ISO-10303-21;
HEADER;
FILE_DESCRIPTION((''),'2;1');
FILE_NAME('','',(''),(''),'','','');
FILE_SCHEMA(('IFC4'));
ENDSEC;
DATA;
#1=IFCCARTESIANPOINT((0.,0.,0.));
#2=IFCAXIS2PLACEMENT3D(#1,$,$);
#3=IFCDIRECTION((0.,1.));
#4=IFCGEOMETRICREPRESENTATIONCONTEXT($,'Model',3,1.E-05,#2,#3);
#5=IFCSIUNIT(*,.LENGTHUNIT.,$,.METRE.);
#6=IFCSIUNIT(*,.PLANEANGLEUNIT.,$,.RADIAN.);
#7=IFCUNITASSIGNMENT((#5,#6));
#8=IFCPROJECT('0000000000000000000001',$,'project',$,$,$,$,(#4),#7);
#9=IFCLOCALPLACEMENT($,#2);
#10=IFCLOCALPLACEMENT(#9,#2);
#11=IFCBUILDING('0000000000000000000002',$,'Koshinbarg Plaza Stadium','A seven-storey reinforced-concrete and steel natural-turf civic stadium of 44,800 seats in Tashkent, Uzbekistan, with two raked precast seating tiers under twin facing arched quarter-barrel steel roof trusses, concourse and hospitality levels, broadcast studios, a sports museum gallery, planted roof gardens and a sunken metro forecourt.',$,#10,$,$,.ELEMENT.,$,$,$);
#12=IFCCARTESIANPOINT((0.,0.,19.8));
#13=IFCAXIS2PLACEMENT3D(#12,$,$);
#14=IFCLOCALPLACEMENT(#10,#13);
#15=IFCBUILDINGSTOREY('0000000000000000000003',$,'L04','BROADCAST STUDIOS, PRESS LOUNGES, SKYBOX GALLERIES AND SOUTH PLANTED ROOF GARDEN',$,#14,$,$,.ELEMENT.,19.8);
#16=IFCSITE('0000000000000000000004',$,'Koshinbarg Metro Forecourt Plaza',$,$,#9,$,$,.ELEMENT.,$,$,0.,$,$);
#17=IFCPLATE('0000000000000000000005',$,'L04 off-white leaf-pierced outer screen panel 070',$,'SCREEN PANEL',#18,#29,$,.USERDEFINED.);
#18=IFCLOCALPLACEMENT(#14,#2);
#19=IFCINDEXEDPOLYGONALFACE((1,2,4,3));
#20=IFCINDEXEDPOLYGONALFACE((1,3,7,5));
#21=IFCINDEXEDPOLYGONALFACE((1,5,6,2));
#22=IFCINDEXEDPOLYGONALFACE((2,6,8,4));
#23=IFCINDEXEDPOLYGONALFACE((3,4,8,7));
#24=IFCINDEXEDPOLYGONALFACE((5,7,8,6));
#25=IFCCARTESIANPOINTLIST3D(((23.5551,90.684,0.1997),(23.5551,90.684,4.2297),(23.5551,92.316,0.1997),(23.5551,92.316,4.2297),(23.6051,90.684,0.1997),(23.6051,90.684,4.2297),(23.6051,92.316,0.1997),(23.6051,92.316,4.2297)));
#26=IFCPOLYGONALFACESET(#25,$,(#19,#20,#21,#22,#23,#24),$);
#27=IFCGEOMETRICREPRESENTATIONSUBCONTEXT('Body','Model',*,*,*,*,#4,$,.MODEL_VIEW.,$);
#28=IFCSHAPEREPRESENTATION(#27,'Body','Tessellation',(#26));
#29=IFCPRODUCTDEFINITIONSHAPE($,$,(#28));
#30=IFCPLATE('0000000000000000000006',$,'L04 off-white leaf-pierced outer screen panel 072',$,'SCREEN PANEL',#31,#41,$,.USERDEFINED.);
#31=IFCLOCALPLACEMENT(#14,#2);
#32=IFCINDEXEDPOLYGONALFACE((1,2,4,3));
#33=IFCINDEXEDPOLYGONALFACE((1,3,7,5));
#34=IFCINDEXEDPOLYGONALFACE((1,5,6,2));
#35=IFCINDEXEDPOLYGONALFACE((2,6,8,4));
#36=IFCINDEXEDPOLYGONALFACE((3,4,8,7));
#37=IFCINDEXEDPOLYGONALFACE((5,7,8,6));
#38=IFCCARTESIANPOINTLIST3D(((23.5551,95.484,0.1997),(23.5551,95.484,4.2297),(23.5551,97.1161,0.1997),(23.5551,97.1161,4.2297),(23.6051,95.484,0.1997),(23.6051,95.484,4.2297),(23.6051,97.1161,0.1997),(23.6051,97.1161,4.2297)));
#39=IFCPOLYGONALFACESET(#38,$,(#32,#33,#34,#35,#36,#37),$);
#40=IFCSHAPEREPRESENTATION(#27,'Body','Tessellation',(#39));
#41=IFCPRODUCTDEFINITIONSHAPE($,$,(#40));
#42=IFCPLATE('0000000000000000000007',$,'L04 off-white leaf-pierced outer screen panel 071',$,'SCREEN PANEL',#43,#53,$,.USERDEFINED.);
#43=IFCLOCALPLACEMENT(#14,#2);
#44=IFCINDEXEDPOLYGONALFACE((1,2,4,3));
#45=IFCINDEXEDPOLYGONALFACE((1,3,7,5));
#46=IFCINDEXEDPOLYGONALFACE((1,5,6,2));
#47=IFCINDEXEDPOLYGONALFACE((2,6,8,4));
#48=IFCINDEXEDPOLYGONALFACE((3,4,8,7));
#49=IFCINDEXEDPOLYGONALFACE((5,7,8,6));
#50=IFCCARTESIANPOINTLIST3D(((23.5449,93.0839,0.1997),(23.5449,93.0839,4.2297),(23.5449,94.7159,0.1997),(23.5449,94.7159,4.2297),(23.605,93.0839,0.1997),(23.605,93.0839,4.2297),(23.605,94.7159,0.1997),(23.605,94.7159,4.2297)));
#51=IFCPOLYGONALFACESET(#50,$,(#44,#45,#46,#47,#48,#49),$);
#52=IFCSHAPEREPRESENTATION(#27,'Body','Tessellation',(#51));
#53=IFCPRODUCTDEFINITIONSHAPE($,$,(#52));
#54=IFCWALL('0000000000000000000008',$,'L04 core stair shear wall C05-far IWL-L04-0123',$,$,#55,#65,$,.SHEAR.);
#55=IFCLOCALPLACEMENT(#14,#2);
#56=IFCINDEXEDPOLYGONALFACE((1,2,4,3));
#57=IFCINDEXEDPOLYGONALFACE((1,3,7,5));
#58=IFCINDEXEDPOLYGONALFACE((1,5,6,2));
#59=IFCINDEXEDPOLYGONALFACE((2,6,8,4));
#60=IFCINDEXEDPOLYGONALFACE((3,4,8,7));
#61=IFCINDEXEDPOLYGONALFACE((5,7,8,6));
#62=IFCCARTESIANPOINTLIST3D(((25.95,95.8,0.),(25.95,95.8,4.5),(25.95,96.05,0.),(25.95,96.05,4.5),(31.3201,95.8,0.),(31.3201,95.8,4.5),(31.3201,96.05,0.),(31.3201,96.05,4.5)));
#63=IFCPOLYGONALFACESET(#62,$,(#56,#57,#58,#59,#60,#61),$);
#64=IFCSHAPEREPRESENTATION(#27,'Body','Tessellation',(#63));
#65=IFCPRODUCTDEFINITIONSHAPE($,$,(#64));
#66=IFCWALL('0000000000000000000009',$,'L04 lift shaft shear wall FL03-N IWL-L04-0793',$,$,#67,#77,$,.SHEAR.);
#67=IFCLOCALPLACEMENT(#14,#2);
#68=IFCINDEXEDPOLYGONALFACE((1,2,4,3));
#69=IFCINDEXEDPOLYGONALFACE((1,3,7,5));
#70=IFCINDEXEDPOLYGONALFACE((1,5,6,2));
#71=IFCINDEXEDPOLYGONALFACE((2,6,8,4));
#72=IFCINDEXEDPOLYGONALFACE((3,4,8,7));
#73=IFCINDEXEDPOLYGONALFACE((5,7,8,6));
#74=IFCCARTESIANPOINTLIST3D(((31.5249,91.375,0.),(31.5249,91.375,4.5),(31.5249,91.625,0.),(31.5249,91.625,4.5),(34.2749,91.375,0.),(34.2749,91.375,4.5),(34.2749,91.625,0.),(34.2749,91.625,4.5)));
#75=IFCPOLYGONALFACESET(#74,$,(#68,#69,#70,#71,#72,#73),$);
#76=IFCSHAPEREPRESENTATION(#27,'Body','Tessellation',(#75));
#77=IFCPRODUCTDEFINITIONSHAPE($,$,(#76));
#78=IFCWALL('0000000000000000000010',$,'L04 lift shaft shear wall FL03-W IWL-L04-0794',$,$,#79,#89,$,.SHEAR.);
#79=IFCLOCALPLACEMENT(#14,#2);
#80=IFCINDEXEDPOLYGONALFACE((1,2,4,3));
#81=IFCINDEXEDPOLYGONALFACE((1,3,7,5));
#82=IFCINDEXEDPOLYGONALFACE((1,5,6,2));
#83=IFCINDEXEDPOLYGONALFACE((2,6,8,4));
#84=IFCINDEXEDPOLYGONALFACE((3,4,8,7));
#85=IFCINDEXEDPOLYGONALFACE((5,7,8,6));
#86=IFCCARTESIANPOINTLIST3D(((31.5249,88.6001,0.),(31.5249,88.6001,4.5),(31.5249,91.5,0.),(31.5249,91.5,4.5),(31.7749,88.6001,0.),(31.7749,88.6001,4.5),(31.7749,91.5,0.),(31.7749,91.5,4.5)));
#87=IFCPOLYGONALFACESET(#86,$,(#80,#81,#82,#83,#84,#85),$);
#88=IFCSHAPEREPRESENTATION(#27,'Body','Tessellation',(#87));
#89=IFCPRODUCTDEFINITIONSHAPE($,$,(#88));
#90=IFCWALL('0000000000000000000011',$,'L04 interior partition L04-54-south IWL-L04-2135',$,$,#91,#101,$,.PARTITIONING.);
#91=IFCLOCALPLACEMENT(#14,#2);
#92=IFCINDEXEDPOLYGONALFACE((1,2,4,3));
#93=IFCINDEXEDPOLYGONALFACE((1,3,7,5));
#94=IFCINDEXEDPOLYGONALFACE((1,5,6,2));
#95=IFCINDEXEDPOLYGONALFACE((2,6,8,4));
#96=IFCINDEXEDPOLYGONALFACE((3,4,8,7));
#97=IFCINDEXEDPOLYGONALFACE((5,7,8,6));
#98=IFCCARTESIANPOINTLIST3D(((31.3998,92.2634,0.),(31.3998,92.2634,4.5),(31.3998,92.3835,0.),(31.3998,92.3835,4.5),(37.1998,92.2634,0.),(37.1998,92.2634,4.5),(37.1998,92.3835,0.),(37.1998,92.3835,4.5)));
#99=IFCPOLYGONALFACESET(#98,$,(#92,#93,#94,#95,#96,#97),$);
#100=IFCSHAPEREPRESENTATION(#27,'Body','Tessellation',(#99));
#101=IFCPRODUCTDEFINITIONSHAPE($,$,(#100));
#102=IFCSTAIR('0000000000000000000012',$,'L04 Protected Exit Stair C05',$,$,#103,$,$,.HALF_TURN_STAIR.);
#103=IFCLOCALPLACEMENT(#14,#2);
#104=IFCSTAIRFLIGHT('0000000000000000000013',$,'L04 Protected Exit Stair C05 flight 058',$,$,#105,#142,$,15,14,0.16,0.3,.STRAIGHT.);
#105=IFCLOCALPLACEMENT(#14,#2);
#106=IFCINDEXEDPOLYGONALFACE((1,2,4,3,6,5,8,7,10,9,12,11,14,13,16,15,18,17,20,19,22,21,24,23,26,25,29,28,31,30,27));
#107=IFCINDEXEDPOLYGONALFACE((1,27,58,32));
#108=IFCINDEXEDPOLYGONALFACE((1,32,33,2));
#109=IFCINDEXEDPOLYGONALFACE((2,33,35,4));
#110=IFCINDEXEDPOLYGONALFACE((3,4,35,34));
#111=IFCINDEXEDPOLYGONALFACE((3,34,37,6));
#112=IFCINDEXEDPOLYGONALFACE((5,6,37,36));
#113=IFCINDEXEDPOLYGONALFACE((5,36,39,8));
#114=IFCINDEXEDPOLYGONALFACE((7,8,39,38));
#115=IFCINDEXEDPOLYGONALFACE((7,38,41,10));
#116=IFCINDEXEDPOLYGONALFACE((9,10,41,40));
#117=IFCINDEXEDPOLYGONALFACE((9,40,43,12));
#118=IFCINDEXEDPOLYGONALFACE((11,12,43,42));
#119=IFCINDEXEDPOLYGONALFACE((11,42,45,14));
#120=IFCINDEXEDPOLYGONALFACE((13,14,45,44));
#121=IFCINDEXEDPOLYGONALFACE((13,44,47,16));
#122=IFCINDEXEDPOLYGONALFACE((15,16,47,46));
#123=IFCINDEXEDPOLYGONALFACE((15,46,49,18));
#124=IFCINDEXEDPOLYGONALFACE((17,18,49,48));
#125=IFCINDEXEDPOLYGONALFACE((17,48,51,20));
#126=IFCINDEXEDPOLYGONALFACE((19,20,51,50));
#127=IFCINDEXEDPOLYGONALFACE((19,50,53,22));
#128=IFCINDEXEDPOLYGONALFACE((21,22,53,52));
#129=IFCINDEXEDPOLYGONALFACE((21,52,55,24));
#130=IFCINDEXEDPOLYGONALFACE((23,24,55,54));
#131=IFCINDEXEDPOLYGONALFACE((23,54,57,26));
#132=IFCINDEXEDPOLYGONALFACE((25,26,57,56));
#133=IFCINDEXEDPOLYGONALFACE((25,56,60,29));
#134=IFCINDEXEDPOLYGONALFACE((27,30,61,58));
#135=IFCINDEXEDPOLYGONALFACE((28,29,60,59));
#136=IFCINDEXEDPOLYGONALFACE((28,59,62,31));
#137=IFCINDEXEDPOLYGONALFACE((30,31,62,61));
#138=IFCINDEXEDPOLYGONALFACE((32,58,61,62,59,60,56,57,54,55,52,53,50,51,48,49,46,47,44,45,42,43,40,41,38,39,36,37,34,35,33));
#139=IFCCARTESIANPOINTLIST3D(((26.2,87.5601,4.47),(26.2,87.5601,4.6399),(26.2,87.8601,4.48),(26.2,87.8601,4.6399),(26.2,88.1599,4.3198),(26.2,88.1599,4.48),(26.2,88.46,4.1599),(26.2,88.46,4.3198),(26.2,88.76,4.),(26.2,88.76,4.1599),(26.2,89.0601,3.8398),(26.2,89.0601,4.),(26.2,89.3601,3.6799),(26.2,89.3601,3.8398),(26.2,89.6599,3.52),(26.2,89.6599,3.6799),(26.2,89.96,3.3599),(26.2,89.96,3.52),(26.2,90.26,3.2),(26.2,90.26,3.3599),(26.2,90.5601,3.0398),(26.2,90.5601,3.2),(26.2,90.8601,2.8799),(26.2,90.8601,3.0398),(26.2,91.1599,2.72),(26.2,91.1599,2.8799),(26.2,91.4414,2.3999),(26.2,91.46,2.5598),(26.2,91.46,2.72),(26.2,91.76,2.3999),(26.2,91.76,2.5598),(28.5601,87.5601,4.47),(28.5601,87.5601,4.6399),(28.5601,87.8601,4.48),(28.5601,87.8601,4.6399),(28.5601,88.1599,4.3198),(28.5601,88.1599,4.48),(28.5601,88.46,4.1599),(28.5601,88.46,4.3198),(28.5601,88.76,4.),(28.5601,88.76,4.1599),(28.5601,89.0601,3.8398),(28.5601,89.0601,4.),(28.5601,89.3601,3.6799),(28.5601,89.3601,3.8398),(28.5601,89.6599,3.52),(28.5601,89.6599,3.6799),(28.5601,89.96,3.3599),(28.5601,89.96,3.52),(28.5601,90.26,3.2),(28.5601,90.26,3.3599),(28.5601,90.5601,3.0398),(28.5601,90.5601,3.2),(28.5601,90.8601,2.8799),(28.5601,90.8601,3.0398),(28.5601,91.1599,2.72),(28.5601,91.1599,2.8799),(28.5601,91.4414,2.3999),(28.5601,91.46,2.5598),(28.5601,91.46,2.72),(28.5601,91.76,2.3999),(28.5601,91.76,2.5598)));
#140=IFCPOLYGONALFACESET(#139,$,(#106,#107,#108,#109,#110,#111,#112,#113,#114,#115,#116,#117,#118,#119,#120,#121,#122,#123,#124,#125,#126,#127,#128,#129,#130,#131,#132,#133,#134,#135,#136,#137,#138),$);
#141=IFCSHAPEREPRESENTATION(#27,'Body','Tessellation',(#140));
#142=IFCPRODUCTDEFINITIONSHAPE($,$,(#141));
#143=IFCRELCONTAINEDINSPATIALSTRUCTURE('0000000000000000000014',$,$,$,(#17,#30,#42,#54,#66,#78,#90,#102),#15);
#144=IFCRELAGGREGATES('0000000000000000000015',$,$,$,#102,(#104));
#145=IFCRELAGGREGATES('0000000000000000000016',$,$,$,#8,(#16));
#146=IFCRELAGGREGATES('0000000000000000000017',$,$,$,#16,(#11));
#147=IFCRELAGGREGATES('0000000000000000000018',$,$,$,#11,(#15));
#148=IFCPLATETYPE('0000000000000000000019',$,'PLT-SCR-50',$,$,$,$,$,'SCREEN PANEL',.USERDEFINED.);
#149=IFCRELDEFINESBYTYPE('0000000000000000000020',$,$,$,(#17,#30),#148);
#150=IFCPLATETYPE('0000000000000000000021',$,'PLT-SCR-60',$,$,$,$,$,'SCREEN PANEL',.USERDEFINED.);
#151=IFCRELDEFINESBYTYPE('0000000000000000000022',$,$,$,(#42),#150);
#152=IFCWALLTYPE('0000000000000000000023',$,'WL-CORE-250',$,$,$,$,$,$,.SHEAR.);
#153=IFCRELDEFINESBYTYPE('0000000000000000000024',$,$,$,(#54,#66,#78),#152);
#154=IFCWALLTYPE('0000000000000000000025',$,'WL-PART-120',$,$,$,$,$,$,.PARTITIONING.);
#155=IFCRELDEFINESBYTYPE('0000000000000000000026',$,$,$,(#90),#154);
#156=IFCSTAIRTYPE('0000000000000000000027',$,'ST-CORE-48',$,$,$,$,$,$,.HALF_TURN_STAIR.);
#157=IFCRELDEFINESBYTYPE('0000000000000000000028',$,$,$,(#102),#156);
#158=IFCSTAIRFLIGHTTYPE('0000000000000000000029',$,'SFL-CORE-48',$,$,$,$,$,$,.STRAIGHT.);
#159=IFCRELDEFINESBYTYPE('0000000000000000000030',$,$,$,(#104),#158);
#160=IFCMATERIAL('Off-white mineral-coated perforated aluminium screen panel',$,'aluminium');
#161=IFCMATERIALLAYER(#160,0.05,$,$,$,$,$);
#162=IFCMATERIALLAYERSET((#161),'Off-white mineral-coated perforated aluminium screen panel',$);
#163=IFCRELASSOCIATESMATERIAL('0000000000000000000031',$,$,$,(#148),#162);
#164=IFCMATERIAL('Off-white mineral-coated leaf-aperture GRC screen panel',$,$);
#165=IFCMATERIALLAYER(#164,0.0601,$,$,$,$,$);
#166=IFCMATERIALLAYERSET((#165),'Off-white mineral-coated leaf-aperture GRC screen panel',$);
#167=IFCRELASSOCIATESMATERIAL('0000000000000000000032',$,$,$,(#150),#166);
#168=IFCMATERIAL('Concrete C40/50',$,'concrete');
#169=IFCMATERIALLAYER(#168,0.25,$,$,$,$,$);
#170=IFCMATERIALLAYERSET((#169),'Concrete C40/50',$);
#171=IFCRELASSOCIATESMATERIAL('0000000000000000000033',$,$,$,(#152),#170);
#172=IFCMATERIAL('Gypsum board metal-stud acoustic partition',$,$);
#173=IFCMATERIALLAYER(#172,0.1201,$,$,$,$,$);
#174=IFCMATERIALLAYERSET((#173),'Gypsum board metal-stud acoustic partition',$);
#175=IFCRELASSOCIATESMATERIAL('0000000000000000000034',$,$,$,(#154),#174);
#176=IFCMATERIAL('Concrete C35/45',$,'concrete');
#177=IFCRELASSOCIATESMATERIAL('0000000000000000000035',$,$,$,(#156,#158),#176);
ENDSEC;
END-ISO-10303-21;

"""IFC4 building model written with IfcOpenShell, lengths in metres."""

from ifc_helpers import new_model, si_unit, direction, frame, frame_2d, origin, origin_2d, place, context, subcontext, project, spatial, polyline, rectangle, outline, extrude, material, layer, layer_set, type_object, element, aggregate, save


model = new_model("IFC4")

# Units and contexts
model_context = context("Model", 3, precision=1e-05, world=origin(), true_north=direction((0.0, 1.0)))
body_context = subcontext(model_context, "Body", "Model", "MODEL_VIEW")
ifc_project = project(units=[si_unit("LENGTHUNIT", "METRE"), si_unit("PLANEANGLEUNIT", "RADIAN")], contexts=[model_context])

# Site, building, storey
site_placement = place(None, origin())
site = spatial("IfcSite", under=ifc_project, at=site_placement, Name="Koshinbarg Metro Forecourt Plaza", CompositionType="ELEMENT", RefElevation=0.0)
building_placement = place(site_placement, origin())
building = spatial("IfcBuilding", under=site, at=building_placement, Name="Koshinbarg Plaza Stadium", Description="A seven-storey reinforced-concrete and steel natural-turf civic stadium of 44,800 seats in Tashkent, Uzbekistan, with two raked precast seating tiers under twin facing arched quarter-barrel steel roof trusses, concourse and hospitality levels, broadcast studios, a sports museum gallery, planted roof gardens and a sunken metro forecourt.", CompositionType="ELEMENT")
storey_placement = place(building_placement, frame((0.0, 0.0, 19.8)))
storey = spatial("IfcBuildingStorey", under=building, at=storey_placement, Name="L04", Description="BROADCAST STUDIOS, PRESS LOUNGES, SKYBOX GALLERIES AND SOUTH PLANTED ROOF GARDEN", CompositionType="ELEMENT", Elevation=19.8)

# Plates
ifc_material_1 = material(Name="Off-white mineral-coated perforated aluminium screen panel", Category="aluminium")
ifc_layer_1 = layer(ifc_material_1, 0.05)
ifc_layer_set_1 = layer_set([ifc_layer_1], Name="Off-white mineral-coated perforated aluminium screen panel")
plate_type_1 = type_object("IfcPlateType", Name="PLT-SCR-50", ElementType="SCREEN PANEL", PredefinedType="USERDEFINED", material=ifc_layer_set_1)
for number, where, z_axis, x_axis, name in (
    (1, (23.5801, 91.5, 0.1997), (0.0, 0.0, 1.0), (1.0, 0.0, 0.0), "L04 off-white leaf-pierced outer screen panel 070"),
    (2, (23.5801, 96.3, 0.1997), (0.0, 0.0, 1.0), (1.0, 0.0, 0.0), "L04 off-white leaf-pierced outer screen panel 072"),
):
    element("IfcPlate", number, at=place(storey_placement, frame(where, z_axis=z_axis, x_axis=x_axis)), inside=storey, type_object=plate_type_1, Name=name, ObjectType="SCREEN PANEL", PredefinedType="USERDEFINED", context=body_context, shape_type="SweptSolid", body=[
        extrude(rectangle(XDim=0.05, YDim=1.6321, at=origin_2d()), origin(), (0.0, 0.0, 1.0), 4.03),
    ])
ifc_material_2 = material(Name="Off-white mineral-coated leaf-aperture GRC screen panel")
ifc_layer_2 = layer(ifc_material_2, 0.0601)
ifc_layer_set_2 = layer_set([ifc_layer_2], Name="Off-white mineral-coated leaf-aperture GRC screen panel")
plate_type_2 = type_object("IfcPlateType", Name="PLT-SCR-60", ElementType="SCREEN PANEL", PredefinedType="USERDEFINED", material=ifc_layer_set_2)
plate_1_placement = place(storey_placement, frame((23.575, 93.8999, 0.1997), z_axis=(0.0, 0.0, 1.0), x_axis=(1.0, 0.0, 0.0)))
element("IfcPlate", 3, at=plate_1_placement, inside=storey, type_object=plate_type_2, Name="L04 off-white leaf-pierced outer screen panel 071", ObjectType="SCREEN PANEL", PredefinedType="USERDEFINED", context=body_context, shape_type="SweptSolid", body=[
    extrude(rectangle(XDim=0.0601, YDim=1.6321, at=origin_2d()), origin(), (0.0, 0.0, 1.0), 4.03),
])

# Walls
ifc_material_3 = material(Name="Concrete C40/50", Category="concrete")
ifc_layer_3 = layer(ifc_material_3, 0.25)
ifc_layer_set_3 = layer_set([ifc_layer_3], Name="Concrete C40/50")
wall_type_1 = type_object("IfcWallType", Name="WL-CORE-250", PredefinedType="SHEAR", material=ifc_layer_set_3)
wall_1_placement = place(storey_placement, frame((31.3201, 95.925, 0.0), z_axis=(0.0, 0.0, 1.0), x_axis=(-1.0, 0.0, 0.0)))
element("IfcWall", 4, at=wall_1_placement, inside=storey, type_object=wall_type_1, Name="L04 core stair shear wall C05-far IWL-L04-0123", PredefinedType="SHEAR", context=body_context, shape_type="SweptSolid", body=[
    extrude(rectangle(XDim=5.3701, YDim=0.25, at=frame_2d((2.6851, 0.0))), origin(), (0.0, 0.0, 1.0), 4.5),
])
wall_2_placement = place(storey_placement, frame((34.2749, 91.5, 0.0), z_axis=(0.0, 0.0, 1.0), x_axis=(-1.0, 0.0, 0.0)))
element("IfcWall", 5, at=wall_2_placement, inside=storey, type_object=wall_type_1, Name="L04 lift shaft shear wall FL03-N IWL-L04-0793", PredefinedType="SHEAR", context=body_context, shape_type="SweptSolid", body=[
    extrude(rectangle(XDim=2.75, YDim=0.25, at=frame_2d((1.375, 0.0))), origin(), (0.0, 0.0, 1.0), 4.5),
])
wall_3_placement = place(storey_placement, frame((31.6499, 91.5, 0.0), z_axis=(0.0, 0.0, 1.0), x_axis=(0.0, -1.0, 0.0)))
element("IfcWall", 6, at=wall_3_placement, inside=storey, type_object=wall_type_1, Name="L04 lift shaft shear wall FL03-W IWL-L04-0794", PredefinedType="SHEAR", context=body_context, shape_type="SweptSolid", body=[
    extrude(rectangle(XDim=2.8999, YDim=0.25, at=frame_2d((1.45, 0.0))), origin(), (0.0, 0.0, 1.0), 4.5),
])
ifc_material_4 = material(Name="Gypsum board metal-stud acoustic partition")
ifc_layer_4 = layer(ifc_material_4, 0.1201)
ifc_layer_set_4 = layer_set([ifc_layer_4], Name="Gypsum board metal-stud acoustic partition")
wall_type_2 = type_object("IfcWallType", Name="WL-PART-120", PredefinedType="PARTITIONING", material=ifc_layer_set_4)
wall_4_placement = place(storey_placement, frame((31.3999, 92.3235, 0.0), z_axis=(0.0, 0.0, 1.0), x_axis=(1.0, 0.0, 0.0)))
element("IfcWall", 7, at=wall_4_placement, inside=storey, type_object=wall_type_2, Name="L04 interior partition L04-54-south IWL-L04-2135", PredefinedType="PARTITIONING", context=body_context, shape_type="SweptSolid", body=[
    extrude(rectangle(XDim=5.8, YDim=0.1201, at=frame_2d((2.8999, 0.0))), origin(), (0.0, 0.0, 1.0), 4.5),
])

# Stair, stair flight
ifc_material_5 = material(Name="Concrete C35/45", Category="concrete")
stair_type = type_object("IfcStairType", Name="ST-CORE-48", PredefinedType="HALF_TURN_STAIR", material=ifc_material_5)
stair_placement = place(storey_placement, origin())
stair = element("IfcStair", 8, at=stair_placement, inside=storey, type_object=stair_type, Name="L04 Protected Exit Stair C05", PredefinedType="HALF_TURN_STAIR")
stair_flight_type = type_object("IfcStairFlightType", Name="SFL-CORE-48", PredefinedType="STRAIGHT", material=ifc_material_5)
stair_flight_placement = place(storey_placement, frame((27.3799, 91.76, 2.3999), z_axis=(0.0, 0.0, 1.0), x_axis=(0.0, -1.0, 0.0)))
stair_flight = element("IfcStairFlight", 9, at=stair_flight_placement, type_object=stair_flight_type, Name="L04 Protected Exit Stair C05 flight 058", NumberOfRisers=15, NumberOfTreads=14, PredefinedType="STRAIGHT", RiserHeight=0.16, TreadLength=0.3, context=body_context, shape_type="SweptSolid", body=[
    extrude(outline(polyline([(0.0, 0.0), (0.0, 0.1599), (0.3, 0.1599), (0.3, 0.3201), (0.6001, 0.3201), (0.6001, 0.48), (0.8999, 0.48), (0.8999, 0.6399), (1.2, 0.6399), (1.2, 0.8), (1.5, 0.8), (1.5, 0.96), (1.8, 0.96), (1.8, 1.1201), (2.1001, 1.1201), (2.1001, 1.28), (2.3999, 1.28), (2.3999, 1.4399), (2.7, 1.4399), (2.7, 1.6001), (3.0, 1.6001), (3.0, 1.76), (3.3, 1.76), (3.3, 1.9199), (3.6001, 1.9199), (3.6001, 2.0801), (3.8999, 2.0801), (3.8999, 2.24), (4.2, 2.24), (4.2, 2.3999), (4.2, 2.0701), (0.3186, 0.0), (0.0, 0.0)])), frame((0.0, 1.1802, 0.0), z_axis=(0.0, -1.0, 0.0), x_axis=(1.0, 0.0, 0.0)), (0.0, 0.0, 1.0), 2.3601),
])
aggregate(stair, [stair_flight])

save(model, "model.ifc")
